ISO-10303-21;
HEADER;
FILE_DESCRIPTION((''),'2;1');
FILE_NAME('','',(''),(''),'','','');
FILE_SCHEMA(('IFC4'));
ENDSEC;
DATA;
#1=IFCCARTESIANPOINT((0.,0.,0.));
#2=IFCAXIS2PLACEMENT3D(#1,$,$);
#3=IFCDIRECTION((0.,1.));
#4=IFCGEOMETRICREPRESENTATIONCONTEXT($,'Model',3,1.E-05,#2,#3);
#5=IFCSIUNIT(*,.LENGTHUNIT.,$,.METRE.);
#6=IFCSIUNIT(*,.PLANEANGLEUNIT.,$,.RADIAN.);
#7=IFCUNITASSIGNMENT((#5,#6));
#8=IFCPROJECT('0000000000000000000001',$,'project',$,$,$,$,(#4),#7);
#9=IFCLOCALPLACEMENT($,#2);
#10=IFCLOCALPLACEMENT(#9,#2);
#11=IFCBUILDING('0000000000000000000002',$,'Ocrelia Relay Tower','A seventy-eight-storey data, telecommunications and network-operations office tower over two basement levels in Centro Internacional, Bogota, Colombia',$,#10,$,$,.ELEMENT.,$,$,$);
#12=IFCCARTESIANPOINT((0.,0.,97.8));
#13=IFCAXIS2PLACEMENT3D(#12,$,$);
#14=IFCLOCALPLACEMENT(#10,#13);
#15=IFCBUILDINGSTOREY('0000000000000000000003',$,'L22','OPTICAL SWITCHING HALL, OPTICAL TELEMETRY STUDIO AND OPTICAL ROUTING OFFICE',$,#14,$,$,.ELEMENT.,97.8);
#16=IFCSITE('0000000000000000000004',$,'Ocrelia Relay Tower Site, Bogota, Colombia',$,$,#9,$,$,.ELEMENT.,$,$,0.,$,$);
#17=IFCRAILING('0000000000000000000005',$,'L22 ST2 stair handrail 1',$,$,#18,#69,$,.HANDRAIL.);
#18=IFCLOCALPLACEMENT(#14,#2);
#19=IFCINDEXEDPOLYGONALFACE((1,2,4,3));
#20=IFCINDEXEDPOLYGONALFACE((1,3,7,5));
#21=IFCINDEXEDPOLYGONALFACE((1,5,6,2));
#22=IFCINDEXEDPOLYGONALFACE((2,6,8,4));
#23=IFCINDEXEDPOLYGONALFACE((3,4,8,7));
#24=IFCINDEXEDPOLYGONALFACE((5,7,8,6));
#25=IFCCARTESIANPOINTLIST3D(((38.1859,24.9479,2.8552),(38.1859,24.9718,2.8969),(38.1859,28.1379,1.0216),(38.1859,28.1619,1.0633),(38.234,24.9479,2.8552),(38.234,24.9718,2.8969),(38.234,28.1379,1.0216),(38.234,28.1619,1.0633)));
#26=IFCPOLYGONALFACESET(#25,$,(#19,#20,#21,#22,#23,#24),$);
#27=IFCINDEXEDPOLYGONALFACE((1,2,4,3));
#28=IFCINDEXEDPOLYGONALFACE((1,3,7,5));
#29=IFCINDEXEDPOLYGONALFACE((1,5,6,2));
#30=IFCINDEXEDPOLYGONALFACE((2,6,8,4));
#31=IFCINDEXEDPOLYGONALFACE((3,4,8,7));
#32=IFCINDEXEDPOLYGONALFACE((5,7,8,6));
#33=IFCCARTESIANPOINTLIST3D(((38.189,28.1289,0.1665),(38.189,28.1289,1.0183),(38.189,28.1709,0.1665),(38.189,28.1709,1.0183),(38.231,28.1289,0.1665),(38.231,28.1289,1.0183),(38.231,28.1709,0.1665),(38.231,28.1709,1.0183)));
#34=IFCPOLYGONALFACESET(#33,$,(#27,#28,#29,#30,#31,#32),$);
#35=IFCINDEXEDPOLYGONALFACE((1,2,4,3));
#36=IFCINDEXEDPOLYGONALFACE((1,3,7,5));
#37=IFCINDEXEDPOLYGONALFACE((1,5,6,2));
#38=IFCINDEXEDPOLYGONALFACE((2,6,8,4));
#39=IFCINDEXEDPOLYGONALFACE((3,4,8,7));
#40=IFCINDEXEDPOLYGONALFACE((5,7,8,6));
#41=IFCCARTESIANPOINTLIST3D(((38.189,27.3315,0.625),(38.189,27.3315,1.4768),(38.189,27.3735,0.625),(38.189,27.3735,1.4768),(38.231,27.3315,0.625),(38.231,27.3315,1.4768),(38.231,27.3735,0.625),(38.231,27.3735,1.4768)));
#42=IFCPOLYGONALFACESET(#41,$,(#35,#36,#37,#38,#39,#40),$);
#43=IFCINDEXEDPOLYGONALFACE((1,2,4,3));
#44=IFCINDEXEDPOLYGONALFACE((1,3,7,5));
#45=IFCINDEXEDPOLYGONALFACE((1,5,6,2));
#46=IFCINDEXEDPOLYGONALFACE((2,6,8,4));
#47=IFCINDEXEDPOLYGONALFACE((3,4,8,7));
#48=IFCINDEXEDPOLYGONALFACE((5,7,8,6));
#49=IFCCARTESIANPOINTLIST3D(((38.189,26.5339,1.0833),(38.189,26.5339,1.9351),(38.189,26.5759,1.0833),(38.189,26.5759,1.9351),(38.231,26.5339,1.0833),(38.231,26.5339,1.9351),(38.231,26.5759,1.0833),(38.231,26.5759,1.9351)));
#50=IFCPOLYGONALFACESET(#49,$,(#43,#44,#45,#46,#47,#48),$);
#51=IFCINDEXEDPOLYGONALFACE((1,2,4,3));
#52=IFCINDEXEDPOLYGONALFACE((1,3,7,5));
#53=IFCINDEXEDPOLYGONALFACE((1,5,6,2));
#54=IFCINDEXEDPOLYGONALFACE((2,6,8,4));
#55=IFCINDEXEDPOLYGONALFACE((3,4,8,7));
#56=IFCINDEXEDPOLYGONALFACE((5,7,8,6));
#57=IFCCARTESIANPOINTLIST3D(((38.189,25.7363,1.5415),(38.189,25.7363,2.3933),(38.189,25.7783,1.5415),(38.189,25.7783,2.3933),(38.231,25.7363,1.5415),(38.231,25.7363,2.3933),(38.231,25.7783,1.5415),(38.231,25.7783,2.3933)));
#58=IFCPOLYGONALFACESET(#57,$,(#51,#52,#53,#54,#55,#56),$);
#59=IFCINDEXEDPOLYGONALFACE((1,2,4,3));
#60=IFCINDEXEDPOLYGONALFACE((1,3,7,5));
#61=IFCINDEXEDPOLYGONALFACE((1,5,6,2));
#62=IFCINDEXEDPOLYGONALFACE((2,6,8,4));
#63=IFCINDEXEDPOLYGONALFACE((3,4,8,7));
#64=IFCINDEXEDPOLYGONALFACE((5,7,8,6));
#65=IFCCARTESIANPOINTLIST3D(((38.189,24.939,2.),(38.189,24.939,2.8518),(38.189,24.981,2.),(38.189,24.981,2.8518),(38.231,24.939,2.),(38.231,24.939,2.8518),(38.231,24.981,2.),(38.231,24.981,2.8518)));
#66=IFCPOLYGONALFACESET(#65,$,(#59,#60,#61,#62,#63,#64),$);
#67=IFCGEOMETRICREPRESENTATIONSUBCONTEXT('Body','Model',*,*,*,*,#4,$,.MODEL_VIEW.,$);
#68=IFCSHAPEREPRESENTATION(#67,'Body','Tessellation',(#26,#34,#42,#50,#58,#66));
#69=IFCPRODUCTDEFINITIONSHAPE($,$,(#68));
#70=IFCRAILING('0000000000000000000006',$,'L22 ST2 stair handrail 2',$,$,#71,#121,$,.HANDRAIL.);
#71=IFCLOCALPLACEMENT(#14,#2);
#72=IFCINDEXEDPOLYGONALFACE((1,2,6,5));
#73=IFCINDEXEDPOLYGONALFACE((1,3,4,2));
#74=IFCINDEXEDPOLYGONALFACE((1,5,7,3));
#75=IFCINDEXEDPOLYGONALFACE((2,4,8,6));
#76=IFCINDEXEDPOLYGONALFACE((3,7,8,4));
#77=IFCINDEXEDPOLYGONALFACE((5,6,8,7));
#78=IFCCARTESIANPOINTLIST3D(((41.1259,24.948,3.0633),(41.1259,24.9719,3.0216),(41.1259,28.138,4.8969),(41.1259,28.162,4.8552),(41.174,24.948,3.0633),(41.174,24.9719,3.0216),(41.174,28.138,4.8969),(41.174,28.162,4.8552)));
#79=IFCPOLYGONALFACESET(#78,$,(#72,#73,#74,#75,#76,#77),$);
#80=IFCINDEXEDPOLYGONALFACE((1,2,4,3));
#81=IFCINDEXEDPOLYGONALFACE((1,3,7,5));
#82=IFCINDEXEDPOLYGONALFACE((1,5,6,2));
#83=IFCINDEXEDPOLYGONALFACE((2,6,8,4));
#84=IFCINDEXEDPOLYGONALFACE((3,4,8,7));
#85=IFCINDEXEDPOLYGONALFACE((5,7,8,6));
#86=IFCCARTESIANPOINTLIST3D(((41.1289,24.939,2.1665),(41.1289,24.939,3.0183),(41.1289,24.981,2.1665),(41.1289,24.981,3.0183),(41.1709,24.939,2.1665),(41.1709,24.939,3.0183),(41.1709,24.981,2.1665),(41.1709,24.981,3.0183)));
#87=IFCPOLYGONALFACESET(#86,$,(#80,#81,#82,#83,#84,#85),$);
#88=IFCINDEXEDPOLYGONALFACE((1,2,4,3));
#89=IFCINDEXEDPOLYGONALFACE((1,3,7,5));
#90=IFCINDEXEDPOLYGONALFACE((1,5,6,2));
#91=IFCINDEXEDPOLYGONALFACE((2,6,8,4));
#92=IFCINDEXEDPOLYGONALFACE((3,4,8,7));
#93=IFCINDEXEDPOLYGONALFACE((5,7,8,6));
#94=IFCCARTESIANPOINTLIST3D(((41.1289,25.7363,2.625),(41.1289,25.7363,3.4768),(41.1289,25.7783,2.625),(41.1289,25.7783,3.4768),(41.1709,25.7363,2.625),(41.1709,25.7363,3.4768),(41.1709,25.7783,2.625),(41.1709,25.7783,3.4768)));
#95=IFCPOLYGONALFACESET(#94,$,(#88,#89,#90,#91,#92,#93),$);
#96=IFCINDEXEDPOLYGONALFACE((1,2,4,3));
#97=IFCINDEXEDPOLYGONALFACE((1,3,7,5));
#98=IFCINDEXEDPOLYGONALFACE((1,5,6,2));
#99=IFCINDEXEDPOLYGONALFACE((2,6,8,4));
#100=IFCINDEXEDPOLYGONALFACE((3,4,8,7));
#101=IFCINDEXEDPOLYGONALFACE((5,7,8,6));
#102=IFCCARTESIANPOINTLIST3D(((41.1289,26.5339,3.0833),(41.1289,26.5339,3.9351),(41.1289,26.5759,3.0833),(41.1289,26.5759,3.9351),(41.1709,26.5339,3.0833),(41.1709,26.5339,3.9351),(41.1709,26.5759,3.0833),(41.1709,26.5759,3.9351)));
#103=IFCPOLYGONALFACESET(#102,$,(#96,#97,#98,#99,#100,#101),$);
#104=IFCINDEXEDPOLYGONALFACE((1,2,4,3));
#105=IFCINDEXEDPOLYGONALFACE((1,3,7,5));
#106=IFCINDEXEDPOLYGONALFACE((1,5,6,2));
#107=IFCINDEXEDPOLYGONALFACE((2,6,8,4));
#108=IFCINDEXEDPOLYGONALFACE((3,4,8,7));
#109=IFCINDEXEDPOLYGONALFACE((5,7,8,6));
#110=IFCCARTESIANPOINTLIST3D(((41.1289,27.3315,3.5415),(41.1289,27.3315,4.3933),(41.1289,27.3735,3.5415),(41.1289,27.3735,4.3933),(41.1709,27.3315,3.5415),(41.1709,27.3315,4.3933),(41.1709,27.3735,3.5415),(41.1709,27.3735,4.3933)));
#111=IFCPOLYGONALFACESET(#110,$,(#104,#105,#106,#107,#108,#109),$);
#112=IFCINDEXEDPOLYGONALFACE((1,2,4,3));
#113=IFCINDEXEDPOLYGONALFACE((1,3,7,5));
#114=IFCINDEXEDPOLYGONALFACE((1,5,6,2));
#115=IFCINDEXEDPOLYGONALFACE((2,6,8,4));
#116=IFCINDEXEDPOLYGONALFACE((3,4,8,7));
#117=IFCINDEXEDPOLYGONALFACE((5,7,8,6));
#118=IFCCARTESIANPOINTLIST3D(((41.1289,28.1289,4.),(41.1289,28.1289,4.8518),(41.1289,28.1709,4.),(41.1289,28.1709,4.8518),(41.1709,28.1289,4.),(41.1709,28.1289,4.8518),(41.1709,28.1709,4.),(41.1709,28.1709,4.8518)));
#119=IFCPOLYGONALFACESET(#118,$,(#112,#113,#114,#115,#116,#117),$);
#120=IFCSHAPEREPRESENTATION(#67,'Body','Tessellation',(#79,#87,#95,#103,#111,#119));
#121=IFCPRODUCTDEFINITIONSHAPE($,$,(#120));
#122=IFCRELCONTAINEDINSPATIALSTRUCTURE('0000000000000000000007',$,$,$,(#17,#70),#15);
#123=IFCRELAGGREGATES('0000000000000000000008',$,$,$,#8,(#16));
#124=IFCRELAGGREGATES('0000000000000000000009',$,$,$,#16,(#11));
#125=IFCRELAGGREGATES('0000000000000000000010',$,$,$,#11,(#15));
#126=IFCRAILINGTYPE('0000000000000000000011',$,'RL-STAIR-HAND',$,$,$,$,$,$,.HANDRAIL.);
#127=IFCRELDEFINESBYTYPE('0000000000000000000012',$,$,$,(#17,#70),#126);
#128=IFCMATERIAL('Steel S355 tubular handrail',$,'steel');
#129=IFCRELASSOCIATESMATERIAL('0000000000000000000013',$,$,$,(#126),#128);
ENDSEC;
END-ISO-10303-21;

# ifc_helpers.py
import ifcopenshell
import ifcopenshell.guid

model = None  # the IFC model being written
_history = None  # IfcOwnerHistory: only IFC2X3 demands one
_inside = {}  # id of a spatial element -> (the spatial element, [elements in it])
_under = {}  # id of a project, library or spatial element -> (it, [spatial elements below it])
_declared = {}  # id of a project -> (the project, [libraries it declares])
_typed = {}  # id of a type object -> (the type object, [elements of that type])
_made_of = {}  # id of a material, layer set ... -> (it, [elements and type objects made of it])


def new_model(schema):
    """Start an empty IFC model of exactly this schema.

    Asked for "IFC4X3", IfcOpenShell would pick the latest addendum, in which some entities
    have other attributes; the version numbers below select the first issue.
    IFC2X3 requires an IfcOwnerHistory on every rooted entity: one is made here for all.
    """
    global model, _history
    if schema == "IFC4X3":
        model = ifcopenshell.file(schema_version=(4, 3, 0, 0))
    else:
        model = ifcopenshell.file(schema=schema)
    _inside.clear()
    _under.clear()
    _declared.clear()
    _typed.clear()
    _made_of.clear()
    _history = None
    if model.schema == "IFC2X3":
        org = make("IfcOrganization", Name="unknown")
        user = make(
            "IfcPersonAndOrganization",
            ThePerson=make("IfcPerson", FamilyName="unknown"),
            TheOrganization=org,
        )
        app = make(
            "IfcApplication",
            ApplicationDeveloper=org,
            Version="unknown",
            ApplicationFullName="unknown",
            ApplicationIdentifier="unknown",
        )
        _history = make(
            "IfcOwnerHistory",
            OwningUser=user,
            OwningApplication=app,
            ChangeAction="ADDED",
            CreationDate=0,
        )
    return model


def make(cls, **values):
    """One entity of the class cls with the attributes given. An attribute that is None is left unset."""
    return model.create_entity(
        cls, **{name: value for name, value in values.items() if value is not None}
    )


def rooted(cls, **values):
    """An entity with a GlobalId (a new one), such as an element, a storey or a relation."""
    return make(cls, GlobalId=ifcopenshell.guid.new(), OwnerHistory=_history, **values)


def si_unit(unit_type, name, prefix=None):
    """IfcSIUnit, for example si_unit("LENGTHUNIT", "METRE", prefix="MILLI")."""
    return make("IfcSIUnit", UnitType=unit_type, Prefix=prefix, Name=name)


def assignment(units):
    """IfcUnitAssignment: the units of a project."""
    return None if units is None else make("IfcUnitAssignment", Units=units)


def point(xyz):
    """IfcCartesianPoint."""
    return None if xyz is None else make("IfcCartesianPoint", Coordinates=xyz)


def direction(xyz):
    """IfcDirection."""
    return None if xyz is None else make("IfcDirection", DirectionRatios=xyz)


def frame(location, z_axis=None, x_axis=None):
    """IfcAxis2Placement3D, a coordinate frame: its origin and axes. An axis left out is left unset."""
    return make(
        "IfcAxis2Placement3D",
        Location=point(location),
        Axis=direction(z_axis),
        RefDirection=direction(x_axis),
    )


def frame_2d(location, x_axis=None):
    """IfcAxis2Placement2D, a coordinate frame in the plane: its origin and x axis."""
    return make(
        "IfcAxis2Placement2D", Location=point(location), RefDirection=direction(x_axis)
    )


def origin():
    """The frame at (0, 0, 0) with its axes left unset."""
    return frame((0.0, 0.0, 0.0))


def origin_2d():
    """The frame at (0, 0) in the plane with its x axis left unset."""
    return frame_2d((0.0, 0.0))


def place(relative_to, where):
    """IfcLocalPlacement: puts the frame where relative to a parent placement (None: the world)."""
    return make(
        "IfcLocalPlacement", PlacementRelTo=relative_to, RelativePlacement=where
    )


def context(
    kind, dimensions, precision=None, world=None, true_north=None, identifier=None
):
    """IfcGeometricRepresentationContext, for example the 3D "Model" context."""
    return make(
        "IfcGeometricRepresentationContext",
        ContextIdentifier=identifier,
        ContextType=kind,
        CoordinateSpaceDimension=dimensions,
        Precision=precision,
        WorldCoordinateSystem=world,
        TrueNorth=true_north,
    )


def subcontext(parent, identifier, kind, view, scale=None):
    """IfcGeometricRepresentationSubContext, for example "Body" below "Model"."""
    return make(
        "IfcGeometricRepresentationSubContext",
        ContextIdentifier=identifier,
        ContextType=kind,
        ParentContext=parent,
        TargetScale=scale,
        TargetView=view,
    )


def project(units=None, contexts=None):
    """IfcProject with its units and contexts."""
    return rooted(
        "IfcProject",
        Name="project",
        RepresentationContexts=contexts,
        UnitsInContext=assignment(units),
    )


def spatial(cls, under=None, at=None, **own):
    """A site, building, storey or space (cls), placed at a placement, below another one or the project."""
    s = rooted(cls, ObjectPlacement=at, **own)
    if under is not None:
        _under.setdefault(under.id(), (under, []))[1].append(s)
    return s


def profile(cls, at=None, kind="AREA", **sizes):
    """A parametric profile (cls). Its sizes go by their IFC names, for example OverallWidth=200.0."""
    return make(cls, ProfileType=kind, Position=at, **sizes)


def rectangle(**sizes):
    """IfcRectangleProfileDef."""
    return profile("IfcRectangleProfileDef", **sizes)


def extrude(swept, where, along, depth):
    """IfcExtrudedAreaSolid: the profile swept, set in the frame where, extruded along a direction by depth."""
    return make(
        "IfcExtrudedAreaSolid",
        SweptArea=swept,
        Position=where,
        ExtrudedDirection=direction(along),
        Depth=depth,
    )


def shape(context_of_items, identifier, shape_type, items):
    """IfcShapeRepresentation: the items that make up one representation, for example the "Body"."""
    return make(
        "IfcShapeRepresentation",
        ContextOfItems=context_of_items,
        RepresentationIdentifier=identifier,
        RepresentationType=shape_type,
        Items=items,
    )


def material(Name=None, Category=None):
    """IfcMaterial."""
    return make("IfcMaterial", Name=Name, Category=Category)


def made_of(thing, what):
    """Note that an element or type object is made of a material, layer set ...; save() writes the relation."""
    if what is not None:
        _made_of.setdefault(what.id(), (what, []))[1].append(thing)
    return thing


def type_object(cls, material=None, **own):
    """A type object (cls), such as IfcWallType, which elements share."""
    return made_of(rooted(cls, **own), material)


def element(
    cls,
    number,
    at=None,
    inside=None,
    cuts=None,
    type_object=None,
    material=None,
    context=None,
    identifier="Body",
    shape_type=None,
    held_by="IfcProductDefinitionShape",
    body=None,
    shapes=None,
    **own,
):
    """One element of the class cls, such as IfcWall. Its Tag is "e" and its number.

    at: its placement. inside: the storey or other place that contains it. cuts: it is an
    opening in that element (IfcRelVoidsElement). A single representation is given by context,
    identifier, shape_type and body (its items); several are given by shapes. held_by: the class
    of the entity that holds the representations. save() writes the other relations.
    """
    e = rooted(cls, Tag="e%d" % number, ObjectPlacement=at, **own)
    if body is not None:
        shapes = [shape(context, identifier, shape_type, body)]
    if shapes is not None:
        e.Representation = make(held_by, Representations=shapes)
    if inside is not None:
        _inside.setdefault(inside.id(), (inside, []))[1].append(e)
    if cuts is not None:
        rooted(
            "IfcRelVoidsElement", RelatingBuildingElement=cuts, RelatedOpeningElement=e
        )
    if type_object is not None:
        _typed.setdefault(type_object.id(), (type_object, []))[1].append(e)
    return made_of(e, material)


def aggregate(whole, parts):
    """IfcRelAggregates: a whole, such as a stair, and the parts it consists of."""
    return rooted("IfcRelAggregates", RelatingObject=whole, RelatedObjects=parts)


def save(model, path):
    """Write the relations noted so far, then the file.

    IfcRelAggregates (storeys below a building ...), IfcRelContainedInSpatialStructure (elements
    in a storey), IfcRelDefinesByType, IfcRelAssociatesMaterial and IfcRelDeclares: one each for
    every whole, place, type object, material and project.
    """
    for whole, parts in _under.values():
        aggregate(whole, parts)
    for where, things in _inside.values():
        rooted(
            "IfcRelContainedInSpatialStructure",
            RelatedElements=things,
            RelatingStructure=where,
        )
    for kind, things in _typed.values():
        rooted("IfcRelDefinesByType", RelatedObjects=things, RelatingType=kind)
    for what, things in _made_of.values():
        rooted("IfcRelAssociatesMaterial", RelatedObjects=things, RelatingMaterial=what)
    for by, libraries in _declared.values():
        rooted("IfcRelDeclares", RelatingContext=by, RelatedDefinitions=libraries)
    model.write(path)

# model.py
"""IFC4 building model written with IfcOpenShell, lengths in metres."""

from ifc_helpers import new_model, si_unit, direction, frame, origin, origin_2d, place, context, subcontext, project, spatial, rectangle, extrude, material, type_object, element, save


model = new_model("IFC4")

# Units and contexts
model_context = context("Model", 3, precision=1e-05, world=origin(), true_north=direction((0.0, 1.0)))
body_context = subcontext(model_context, "Body", "Model", "MODEL_VIEW")
ifc_project = project(units=[si_unit("LENGTHUNIT", "METRE"), si_unit("PLANEANGLEUNIT", "RADIAN")], contexts=[model_context])

# Site, building, storey
site_placement = place(None, origin())
site = spatial("IfcSite", under=ifc_project, at=site_placement, Name="Ocrelia Relay Tower Site, Bogota, Colombia", CompositionType="ELEMENT", RefElevation=0.0)
building_placement = place(site_placement, origin())
building = spatial("IfcBuilding", under=site, at=building_placement, Name="Ocrelia Relay Tower", Description="A seventy-eight-storey data, telecommunications and network-operations office tower over two basement levels in Centro Internacional, Bogota, Colombia", CompositionType="ELEMENT")
storey_placement = place(building_placement, frame((0.0, 0.0, 97.8)))
storey = spatial("IfcBuildingStorey", under=building, at=storey_placement, Name="L22", Description="OPTICAL SWITCHING HALL, OPTICAL TELEMETRY STUDIO AND OPTICAL ROUTING OFFICE", CompositionType="ELEMENT", Elevation=97.8)

# Railings
ifc_material_1 = material(Name="Steel S355 tubular handrail", Category="steel")
railing_type_1 = type_object("IfcRailingType", Name="RL-STAIR-HAND", PredefinedType="HANDRAIL", material=ifc_material_1)
railing_1_placement = place(storey_placement, frame((38.21, 28.1499, 0.1665)))
element("IfcRailing", 1, at=railing_1_placement, inside=storey, type_object=railing_type_1, Name="L22 ST2 stair handrail 1", PredefinedType="HANDRAIL", context=body_context, shape_type="SweptSolid", body=[
    extrude(rectangle(XDim=0.0481, YDim=0.0481, at=origin_2d()), frame((0.0, 0.0, 0.876), z_axis=(0.0, -0.866991, 0.498324), x_axis=(1.0, 0.0, 0.0)), (0.0, 0.0, 1.0), 3.6794),
    extrude(rectangle(XDim=0.042, YDim=0.042, at=origin_2d()), origin(), (0.0, 0.0, 1.0), 0.8518),
    extrude(rectangle(XDim=0.042, YDim=0.042, at=origin_2d()), frame((0.0, -0.7974, 0.4585)), (0.0, 0.0, 1.0), 0.8518),
    extrude(rectangle(XDim=0.042, YDim=0.042, at=origin_2d()), frame((0.0, -1.595, 0.9167)), (0.0, 0.0, 1.0), 0.8518),
    extrude(rectangle(XDim=0.042, YDim=0.042, at=origin_2d()), frame((0.0, -2.3926, 1.375)), (0.0, 0.0, 1.0), 0.8518),
    extrude(rectangle(XDim=0.042, YDim=0.042, at=origin_2d()), frame((0.0, -3.1899, 1.8335)), (0.0, 0.0, 1.0), 0.8518),
])
railing_2_placement = place(storey_placement, frame((41.1499, 24.96, 2.1665)))
element("IfcRailing", 2, at=railing_2_placement, inside=storey, type_object=railing_type_1, Name="L22 ST2 stair handrail 2", PredefinedType="HANDRAIL", context=body_context, shape_type="SweptSolid", body=[
    extrude(rectangle(XDim=0.0481, YDim=0.0481, at=origin_2d()), frame((0.0, 0.0, 0.876), z_axis=(0.0, 0.866991, 0.498324), x_axis=(-1.0, 0.0, 0.0)), (0.0, 0.0, 1.0), 3.6794),
    extrude(rectangle(XDim=0.042, YDim=0.042, at=origin_2d()), origin(), (0.0, 0.0, 1.0), 0.8518),
    extrude(rectangle(XDim=0.042, YDim=0.042, at=origin_2d()), frame((0.0, 0.7974, 0.4585)), (0.0, 0.0, 1.0), 0.8518),
    extrude(rectangle(XDim=0.042, YDim=0.042, at=origin_2d()), frame((0.0, 1.595, 0.9167)), (0.0, 0.0, 1.0), 0.8518),
    extrude(rectangle(XDim=0.042, YDim=0.042, at=origin_2d()), frame((0.0, 2.3926, 1.375)), (0.0, 0.0, 1.0), 0.8518),
    extrude(rectangle(XDim=0.042, YDim=0.042, at=origin_2d()), frame((0.0, 3.1899, 1.8335)), (0.0, 0.0, 1.0), 0.8518),
])

save(model, "model.ifc")
